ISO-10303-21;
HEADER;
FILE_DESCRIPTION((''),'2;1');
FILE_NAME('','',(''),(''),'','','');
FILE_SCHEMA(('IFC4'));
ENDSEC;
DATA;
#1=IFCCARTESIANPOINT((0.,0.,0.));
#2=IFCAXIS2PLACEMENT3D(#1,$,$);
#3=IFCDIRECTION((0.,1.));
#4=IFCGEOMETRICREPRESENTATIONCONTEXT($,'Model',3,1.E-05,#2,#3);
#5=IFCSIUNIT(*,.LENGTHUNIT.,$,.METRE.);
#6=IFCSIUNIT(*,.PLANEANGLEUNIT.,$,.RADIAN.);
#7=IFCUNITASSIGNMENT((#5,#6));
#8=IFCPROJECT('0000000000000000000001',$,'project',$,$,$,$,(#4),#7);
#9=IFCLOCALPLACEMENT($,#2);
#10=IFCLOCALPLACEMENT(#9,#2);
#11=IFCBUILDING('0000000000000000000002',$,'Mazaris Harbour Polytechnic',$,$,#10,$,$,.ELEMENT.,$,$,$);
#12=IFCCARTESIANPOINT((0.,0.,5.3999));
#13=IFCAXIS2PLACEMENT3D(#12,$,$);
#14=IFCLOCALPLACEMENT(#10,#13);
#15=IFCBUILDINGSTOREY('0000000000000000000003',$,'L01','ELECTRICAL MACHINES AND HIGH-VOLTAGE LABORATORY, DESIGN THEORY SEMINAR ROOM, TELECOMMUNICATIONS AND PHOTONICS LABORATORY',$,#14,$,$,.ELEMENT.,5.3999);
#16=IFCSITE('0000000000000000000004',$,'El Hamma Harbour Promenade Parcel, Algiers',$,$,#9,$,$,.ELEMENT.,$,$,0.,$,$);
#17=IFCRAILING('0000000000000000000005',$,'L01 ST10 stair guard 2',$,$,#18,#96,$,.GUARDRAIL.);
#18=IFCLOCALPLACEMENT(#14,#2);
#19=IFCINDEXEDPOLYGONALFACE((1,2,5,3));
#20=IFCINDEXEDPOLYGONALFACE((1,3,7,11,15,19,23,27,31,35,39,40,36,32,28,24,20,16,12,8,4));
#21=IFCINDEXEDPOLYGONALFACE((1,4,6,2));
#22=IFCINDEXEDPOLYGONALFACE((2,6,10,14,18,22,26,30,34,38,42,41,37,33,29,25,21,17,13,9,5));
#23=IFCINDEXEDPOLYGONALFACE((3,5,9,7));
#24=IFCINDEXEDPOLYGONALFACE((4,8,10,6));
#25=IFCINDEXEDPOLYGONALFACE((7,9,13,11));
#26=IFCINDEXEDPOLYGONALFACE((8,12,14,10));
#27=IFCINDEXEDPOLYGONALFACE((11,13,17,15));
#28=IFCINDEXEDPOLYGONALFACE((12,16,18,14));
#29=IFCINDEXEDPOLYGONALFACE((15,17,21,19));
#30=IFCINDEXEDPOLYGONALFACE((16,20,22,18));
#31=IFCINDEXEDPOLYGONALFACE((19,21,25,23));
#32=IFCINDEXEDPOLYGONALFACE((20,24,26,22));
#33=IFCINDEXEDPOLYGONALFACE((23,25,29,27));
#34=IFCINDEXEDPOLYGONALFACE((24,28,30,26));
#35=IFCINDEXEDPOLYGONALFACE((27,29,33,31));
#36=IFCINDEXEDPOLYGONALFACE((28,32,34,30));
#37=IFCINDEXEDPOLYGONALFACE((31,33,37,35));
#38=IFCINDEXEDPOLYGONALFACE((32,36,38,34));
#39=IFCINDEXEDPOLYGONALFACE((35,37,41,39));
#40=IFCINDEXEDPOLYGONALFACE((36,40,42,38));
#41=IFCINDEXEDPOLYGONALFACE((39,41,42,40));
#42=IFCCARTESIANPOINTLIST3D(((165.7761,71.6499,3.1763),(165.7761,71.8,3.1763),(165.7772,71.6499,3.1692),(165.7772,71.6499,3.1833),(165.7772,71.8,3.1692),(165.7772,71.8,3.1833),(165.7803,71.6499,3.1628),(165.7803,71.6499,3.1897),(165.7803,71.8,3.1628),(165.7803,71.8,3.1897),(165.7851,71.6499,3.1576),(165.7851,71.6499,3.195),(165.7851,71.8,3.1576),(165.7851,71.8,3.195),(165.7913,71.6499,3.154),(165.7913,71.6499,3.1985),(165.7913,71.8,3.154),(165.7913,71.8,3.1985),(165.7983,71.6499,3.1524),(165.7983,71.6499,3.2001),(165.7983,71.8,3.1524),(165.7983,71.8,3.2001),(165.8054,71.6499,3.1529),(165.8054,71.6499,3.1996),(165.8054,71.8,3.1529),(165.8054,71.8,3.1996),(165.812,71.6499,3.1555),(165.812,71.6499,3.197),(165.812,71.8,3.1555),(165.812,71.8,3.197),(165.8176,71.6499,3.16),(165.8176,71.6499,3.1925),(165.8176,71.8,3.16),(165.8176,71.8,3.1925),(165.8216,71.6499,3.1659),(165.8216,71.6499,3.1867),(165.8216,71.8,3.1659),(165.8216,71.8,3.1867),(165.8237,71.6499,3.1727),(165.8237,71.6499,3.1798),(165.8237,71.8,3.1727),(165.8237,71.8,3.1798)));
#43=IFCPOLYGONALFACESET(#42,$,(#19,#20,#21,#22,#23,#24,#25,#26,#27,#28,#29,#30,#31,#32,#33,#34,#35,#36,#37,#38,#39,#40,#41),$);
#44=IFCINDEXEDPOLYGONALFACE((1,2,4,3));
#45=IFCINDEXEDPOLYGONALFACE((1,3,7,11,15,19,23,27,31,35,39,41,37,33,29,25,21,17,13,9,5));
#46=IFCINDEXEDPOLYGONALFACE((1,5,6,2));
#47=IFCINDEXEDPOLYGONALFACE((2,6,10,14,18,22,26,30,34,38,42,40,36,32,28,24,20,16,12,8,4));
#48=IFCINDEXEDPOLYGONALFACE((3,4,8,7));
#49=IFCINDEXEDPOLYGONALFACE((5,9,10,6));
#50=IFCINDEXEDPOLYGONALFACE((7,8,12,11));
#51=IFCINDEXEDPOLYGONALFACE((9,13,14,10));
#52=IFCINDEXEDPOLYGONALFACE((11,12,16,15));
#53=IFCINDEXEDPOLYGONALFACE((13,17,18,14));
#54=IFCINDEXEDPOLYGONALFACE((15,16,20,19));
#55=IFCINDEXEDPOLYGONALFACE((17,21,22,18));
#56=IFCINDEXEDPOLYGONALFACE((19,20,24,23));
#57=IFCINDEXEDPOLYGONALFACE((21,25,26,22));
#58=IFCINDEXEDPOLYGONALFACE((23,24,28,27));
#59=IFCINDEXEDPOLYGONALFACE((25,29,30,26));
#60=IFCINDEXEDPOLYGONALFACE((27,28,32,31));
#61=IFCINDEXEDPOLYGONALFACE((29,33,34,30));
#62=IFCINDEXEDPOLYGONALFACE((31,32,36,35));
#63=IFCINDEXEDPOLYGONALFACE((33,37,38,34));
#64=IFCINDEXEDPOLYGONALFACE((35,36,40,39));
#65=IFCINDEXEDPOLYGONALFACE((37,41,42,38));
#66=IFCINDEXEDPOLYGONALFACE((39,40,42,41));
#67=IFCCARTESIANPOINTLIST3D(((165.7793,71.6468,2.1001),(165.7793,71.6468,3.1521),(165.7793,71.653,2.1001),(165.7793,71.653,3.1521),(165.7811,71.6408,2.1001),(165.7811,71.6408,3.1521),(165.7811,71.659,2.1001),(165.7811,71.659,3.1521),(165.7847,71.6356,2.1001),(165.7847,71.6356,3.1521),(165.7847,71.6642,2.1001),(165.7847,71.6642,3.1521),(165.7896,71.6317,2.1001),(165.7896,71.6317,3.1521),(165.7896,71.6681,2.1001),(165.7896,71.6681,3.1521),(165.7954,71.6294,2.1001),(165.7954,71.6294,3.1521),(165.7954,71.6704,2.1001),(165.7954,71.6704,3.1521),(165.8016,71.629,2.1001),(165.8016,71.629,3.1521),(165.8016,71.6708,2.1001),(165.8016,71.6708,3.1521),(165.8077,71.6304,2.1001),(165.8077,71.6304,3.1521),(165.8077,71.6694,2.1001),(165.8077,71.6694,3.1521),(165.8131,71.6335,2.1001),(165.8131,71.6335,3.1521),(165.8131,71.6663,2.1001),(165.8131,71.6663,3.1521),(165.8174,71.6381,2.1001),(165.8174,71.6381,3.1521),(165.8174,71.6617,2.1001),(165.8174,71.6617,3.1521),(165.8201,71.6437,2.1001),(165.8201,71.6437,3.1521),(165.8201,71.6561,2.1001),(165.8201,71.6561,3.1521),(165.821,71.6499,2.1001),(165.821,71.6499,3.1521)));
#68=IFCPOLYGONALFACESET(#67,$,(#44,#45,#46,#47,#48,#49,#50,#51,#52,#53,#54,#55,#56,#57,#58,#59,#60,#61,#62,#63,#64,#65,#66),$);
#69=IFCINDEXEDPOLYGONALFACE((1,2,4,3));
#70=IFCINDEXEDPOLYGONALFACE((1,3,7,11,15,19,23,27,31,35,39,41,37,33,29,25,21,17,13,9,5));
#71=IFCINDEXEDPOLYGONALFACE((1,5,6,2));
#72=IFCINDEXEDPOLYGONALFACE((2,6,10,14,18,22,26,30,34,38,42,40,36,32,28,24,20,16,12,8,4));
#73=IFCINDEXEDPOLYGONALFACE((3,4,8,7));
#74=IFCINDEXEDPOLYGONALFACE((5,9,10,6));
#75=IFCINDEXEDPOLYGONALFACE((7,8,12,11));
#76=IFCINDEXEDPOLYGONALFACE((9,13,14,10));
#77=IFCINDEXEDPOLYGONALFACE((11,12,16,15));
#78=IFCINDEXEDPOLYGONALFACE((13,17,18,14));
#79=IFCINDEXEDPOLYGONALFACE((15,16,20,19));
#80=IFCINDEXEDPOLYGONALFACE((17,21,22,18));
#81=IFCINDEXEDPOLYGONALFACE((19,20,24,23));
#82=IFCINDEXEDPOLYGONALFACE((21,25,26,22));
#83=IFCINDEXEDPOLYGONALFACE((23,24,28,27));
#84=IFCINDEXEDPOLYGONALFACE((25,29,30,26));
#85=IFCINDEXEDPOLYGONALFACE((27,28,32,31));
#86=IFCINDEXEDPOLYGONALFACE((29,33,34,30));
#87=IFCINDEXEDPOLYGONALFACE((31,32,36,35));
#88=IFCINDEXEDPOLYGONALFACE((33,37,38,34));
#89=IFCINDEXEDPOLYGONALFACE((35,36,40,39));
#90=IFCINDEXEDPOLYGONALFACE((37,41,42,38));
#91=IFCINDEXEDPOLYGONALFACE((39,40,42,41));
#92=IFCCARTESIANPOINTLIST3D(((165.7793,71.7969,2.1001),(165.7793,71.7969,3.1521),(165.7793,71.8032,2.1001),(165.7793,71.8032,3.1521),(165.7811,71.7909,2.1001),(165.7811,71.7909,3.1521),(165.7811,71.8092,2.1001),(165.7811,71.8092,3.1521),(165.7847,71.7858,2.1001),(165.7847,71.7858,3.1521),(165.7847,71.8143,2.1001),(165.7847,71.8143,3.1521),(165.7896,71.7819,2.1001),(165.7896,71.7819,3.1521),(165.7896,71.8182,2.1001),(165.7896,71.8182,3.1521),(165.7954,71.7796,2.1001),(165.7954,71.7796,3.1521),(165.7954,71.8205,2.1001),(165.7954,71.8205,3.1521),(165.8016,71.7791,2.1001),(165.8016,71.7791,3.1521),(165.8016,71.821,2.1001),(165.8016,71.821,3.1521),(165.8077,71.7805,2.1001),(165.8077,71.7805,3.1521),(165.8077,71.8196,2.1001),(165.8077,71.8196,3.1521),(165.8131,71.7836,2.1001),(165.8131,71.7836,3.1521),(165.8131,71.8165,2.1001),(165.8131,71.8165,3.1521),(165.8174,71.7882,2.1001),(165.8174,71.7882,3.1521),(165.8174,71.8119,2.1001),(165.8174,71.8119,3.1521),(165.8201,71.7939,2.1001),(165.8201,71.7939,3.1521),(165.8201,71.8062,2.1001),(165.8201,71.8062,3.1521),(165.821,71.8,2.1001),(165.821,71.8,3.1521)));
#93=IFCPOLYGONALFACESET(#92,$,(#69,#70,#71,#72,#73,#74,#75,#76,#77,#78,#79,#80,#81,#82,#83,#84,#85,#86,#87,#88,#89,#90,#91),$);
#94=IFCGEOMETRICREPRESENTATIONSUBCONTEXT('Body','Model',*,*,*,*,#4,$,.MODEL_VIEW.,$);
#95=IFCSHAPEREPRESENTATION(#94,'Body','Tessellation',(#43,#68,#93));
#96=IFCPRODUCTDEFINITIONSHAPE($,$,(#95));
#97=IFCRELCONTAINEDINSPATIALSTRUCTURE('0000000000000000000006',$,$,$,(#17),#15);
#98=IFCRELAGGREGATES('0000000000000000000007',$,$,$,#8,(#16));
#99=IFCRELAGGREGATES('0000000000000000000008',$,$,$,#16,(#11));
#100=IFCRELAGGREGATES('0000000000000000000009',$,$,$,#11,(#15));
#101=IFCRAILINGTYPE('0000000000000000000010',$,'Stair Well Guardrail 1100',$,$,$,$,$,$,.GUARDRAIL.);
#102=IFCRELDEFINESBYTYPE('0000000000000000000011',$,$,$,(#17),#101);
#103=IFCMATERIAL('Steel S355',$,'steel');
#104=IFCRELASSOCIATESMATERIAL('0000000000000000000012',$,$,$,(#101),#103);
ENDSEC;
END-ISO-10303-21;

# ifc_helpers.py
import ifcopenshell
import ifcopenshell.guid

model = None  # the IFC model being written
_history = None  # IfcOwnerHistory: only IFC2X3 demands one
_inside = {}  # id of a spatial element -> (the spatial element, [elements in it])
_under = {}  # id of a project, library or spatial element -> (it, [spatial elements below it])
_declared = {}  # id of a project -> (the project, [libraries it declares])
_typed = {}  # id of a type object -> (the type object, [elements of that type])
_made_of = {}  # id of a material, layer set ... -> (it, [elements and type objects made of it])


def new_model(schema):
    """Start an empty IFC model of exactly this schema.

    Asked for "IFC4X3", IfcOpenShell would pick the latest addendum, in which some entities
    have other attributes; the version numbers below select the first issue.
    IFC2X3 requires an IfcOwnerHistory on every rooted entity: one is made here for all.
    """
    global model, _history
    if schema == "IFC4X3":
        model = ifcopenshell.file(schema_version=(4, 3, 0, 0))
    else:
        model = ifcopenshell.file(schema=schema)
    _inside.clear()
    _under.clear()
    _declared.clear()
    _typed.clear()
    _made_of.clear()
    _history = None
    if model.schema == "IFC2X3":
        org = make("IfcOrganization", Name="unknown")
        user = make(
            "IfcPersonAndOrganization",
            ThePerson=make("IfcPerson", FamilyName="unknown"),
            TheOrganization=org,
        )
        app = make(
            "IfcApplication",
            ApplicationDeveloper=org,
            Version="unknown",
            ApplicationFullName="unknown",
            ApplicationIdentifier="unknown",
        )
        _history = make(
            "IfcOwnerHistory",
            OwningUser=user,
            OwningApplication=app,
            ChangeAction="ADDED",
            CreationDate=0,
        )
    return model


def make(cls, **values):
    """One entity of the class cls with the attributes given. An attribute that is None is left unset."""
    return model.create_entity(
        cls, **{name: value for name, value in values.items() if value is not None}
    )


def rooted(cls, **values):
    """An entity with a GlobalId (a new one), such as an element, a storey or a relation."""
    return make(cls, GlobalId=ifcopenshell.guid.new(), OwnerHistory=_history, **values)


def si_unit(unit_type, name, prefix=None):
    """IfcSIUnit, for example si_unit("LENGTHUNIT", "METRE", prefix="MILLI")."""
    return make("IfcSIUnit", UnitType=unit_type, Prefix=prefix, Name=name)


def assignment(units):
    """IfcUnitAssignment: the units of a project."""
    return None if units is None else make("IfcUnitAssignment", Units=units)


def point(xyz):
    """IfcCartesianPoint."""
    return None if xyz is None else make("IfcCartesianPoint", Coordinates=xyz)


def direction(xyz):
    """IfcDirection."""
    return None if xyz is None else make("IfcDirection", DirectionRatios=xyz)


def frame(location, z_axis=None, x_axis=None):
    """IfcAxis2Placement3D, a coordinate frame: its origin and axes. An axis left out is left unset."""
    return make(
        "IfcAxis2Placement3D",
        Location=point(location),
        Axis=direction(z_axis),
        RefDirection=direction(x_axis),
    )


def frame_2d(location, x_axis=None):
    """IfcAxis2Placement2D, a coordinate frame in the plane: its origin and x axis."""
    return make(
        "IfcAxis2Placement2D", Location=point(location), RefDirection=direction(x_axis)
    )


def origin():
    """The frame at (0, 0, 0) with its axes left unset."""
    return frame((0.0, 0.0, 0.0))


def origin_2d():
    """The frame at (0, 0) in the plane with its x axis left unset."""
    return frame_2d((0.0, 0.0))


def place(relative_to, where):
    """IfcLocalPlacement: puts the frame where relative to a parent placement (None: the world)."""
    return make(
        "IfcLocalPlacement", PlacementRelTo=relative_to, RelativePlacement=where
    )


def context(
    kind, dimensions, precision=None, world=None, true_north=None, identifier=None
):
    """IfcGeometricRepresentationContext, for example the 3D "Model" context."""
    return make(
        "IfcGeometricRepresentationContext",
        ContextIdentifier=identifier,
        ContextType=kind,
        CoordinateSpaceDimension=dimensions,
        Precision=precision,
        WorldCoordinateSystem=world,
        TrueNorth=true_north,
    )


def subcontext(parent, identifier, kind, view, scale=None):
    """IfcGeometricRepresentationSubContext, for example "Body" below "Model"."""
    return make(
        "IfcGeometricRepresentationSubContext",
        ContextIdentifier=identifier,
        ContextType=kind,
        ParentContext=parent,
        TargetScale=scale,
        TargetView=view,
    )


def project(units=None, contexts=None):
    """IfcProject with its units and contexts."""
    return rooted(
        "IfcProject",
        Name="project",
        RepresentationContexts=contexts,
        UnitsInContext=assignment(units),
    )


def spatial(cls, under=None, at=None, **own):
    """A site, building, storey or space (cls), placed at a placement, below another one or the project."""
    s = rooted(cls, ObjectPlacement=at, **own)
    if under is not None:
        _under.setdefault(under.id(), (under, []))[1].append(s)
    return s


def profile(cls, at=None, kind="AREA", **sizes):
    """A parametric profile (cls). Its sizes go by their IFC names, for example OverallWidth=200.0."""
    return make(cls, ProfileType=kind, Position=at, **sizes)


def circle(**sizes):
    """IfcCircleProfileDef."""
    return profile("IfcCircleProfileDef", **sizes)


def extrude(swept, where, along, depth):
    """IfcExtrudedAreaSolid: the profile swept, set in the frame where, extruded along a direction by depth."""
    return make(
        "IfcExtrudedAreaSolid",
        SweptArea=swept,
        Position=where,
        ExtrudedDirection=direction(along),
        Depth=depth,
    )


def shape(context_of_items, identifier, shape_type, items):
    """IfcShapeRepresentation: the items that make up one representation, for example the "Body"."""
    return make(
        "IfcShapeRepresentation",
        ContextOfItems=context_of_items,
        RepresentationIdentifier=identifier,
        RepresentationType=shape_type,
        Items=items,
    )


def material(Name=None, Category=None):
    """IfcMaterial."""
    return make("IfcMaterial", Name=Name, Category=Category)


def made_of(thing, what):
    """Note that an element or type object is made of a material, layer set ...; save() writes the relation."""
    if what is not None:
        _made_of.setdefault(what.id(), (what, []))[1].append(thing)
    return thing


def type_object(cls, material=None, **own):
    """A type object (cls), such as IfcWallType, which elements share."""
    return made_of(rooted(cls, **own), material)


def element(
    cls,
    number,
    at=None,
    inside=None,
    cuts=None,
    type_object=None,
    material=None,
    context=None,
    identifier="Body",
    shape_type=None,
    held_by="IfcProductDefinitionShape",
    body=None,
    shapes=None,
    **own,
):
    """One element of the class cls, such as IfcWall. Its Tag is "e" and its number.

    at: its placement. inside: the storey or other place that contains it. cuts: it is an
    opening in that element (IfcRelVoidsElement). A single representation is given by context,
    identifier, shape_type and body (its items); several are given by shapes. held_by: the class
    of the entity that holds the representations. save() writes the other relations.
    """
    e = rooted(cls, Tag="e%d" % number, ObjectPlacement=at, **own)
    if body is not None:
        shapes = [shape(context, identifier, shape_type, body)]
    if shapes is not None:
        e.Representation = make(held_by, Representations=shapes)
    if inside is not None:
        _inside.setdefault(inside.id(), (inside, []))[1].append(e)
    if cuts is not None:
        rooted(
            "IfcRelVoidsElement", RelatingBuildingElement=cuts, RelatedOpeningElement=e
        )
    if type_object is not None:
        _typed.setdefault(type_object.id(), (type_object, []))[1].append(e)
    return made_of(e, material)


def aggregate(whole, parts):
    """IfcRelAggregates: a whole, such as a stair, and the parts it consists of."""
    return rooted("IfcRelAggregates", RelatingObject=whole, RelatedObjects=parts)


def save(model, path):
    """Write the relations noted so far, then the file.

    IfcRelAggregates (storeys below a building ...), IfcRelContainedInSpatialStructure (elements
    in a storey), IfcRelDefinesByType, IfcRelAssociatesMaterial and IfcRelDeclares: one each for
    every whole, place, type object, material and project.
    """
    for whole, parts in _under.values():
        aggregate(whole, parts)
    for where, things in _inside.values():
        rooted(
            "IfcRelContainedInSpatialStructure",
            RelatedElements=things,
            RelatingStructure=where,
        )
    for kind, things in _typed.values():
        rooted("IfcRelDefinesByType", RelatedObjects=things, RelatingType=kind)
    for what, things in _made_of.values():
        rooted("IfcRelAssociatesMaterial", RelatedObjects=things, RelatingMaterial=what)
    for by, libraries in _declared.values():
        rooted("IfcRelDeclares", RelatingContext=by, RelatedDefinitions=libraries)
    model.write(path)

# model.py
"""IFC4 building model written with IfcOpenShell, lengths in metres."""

from ifc_helpers import new_model, si_unit, direction, frame, origin, origin_2d, place, context, subcontext, project, spatial, circle, extrude, material, type_object, element, save


model = new_model("IFC4")

# Units and contexts
model_context = context("Model", 3, precision=1e-05, world=origin(), true_north=direction((0.0, 1.0)))
body_context = subcontext(model_context, "Body", "Model", "MODEL_VIEW")
ifc_project = project(units=[si_unit("LENGTHUNIT", "METRE"), si_unit("PLANEANGLEUNIT", "RADIAN")], contexts=[model_context])

# Site, building, storey
site_placement = place(None, origin())
site = spatial("IfcSite", under=ifc_project, at=site_placement, Name="El Hamma Harbour Promenade Parcel, Algiers", CompositionType="ELEMENT", RefElevation=0.0)
building_placement = place(site_placement, origin())
building = spatial("IfcBuilding", under=site, at=building_placement, Name="Mazaris Harbour Polytechnic", CompositionType="ELEMENT")
storey_placement = place(building_placement, frame((0.0, 0.0, 5.3999)))
storey = spatial("IfcBuildingStorey", under=building, at=storey_placement, Name="L01", Description="ELECTRICAL MACHINES AND HIGH-VOLTAGE LABORATORY, DESIGN THEORY SEMINAR ROOM, TELECOMMUNICATIONS AND PHOTONICS LABORATORY", CompositionType="ELEMENT", Elevation=5.3999)

# Railing
ifc_material_1 = material(Name="Steel S355", Category="steel")
railing_type_1 = type_object("IfcRailingType", Name="Stair Well Guardrail 1100", PredefinedType="GUARDRAIL", material=ifc_material_1)
railing_1_placement = place(storey_placement, frame((165.8, 71.6499, 2.1001)))
element("IfcRailing", 1, at=railing_1_placement, inside=storey, type_object=railing_type_1, Name="L01 ST10 stair guard 2", PredefinedType="GUARDRAIL", context=body_context, shape_type="SweptSolid", body=[
    extrude(circle(Radius=0.0239, at=origin_2d()), frame((0.0, 0.0, 1.0762), z_axis=(0.0, 1.0, 0.0), x_axis=(-1.0, 0.0, 0.0)), (0.0, 0.0, 1.0), 0.1501),
    extrude(circle(Radius=0.021, at=origin_2d()), origin(), (0.0, 0.0, 1.0), 1.052),
    extrude(circle(Radius=0.021, at=origin_2d()), frame((0.0, 0.1501, 0.0)), (0.0, 0.0, 1.0), 1.052),
])

save(model, "model.ifc")
